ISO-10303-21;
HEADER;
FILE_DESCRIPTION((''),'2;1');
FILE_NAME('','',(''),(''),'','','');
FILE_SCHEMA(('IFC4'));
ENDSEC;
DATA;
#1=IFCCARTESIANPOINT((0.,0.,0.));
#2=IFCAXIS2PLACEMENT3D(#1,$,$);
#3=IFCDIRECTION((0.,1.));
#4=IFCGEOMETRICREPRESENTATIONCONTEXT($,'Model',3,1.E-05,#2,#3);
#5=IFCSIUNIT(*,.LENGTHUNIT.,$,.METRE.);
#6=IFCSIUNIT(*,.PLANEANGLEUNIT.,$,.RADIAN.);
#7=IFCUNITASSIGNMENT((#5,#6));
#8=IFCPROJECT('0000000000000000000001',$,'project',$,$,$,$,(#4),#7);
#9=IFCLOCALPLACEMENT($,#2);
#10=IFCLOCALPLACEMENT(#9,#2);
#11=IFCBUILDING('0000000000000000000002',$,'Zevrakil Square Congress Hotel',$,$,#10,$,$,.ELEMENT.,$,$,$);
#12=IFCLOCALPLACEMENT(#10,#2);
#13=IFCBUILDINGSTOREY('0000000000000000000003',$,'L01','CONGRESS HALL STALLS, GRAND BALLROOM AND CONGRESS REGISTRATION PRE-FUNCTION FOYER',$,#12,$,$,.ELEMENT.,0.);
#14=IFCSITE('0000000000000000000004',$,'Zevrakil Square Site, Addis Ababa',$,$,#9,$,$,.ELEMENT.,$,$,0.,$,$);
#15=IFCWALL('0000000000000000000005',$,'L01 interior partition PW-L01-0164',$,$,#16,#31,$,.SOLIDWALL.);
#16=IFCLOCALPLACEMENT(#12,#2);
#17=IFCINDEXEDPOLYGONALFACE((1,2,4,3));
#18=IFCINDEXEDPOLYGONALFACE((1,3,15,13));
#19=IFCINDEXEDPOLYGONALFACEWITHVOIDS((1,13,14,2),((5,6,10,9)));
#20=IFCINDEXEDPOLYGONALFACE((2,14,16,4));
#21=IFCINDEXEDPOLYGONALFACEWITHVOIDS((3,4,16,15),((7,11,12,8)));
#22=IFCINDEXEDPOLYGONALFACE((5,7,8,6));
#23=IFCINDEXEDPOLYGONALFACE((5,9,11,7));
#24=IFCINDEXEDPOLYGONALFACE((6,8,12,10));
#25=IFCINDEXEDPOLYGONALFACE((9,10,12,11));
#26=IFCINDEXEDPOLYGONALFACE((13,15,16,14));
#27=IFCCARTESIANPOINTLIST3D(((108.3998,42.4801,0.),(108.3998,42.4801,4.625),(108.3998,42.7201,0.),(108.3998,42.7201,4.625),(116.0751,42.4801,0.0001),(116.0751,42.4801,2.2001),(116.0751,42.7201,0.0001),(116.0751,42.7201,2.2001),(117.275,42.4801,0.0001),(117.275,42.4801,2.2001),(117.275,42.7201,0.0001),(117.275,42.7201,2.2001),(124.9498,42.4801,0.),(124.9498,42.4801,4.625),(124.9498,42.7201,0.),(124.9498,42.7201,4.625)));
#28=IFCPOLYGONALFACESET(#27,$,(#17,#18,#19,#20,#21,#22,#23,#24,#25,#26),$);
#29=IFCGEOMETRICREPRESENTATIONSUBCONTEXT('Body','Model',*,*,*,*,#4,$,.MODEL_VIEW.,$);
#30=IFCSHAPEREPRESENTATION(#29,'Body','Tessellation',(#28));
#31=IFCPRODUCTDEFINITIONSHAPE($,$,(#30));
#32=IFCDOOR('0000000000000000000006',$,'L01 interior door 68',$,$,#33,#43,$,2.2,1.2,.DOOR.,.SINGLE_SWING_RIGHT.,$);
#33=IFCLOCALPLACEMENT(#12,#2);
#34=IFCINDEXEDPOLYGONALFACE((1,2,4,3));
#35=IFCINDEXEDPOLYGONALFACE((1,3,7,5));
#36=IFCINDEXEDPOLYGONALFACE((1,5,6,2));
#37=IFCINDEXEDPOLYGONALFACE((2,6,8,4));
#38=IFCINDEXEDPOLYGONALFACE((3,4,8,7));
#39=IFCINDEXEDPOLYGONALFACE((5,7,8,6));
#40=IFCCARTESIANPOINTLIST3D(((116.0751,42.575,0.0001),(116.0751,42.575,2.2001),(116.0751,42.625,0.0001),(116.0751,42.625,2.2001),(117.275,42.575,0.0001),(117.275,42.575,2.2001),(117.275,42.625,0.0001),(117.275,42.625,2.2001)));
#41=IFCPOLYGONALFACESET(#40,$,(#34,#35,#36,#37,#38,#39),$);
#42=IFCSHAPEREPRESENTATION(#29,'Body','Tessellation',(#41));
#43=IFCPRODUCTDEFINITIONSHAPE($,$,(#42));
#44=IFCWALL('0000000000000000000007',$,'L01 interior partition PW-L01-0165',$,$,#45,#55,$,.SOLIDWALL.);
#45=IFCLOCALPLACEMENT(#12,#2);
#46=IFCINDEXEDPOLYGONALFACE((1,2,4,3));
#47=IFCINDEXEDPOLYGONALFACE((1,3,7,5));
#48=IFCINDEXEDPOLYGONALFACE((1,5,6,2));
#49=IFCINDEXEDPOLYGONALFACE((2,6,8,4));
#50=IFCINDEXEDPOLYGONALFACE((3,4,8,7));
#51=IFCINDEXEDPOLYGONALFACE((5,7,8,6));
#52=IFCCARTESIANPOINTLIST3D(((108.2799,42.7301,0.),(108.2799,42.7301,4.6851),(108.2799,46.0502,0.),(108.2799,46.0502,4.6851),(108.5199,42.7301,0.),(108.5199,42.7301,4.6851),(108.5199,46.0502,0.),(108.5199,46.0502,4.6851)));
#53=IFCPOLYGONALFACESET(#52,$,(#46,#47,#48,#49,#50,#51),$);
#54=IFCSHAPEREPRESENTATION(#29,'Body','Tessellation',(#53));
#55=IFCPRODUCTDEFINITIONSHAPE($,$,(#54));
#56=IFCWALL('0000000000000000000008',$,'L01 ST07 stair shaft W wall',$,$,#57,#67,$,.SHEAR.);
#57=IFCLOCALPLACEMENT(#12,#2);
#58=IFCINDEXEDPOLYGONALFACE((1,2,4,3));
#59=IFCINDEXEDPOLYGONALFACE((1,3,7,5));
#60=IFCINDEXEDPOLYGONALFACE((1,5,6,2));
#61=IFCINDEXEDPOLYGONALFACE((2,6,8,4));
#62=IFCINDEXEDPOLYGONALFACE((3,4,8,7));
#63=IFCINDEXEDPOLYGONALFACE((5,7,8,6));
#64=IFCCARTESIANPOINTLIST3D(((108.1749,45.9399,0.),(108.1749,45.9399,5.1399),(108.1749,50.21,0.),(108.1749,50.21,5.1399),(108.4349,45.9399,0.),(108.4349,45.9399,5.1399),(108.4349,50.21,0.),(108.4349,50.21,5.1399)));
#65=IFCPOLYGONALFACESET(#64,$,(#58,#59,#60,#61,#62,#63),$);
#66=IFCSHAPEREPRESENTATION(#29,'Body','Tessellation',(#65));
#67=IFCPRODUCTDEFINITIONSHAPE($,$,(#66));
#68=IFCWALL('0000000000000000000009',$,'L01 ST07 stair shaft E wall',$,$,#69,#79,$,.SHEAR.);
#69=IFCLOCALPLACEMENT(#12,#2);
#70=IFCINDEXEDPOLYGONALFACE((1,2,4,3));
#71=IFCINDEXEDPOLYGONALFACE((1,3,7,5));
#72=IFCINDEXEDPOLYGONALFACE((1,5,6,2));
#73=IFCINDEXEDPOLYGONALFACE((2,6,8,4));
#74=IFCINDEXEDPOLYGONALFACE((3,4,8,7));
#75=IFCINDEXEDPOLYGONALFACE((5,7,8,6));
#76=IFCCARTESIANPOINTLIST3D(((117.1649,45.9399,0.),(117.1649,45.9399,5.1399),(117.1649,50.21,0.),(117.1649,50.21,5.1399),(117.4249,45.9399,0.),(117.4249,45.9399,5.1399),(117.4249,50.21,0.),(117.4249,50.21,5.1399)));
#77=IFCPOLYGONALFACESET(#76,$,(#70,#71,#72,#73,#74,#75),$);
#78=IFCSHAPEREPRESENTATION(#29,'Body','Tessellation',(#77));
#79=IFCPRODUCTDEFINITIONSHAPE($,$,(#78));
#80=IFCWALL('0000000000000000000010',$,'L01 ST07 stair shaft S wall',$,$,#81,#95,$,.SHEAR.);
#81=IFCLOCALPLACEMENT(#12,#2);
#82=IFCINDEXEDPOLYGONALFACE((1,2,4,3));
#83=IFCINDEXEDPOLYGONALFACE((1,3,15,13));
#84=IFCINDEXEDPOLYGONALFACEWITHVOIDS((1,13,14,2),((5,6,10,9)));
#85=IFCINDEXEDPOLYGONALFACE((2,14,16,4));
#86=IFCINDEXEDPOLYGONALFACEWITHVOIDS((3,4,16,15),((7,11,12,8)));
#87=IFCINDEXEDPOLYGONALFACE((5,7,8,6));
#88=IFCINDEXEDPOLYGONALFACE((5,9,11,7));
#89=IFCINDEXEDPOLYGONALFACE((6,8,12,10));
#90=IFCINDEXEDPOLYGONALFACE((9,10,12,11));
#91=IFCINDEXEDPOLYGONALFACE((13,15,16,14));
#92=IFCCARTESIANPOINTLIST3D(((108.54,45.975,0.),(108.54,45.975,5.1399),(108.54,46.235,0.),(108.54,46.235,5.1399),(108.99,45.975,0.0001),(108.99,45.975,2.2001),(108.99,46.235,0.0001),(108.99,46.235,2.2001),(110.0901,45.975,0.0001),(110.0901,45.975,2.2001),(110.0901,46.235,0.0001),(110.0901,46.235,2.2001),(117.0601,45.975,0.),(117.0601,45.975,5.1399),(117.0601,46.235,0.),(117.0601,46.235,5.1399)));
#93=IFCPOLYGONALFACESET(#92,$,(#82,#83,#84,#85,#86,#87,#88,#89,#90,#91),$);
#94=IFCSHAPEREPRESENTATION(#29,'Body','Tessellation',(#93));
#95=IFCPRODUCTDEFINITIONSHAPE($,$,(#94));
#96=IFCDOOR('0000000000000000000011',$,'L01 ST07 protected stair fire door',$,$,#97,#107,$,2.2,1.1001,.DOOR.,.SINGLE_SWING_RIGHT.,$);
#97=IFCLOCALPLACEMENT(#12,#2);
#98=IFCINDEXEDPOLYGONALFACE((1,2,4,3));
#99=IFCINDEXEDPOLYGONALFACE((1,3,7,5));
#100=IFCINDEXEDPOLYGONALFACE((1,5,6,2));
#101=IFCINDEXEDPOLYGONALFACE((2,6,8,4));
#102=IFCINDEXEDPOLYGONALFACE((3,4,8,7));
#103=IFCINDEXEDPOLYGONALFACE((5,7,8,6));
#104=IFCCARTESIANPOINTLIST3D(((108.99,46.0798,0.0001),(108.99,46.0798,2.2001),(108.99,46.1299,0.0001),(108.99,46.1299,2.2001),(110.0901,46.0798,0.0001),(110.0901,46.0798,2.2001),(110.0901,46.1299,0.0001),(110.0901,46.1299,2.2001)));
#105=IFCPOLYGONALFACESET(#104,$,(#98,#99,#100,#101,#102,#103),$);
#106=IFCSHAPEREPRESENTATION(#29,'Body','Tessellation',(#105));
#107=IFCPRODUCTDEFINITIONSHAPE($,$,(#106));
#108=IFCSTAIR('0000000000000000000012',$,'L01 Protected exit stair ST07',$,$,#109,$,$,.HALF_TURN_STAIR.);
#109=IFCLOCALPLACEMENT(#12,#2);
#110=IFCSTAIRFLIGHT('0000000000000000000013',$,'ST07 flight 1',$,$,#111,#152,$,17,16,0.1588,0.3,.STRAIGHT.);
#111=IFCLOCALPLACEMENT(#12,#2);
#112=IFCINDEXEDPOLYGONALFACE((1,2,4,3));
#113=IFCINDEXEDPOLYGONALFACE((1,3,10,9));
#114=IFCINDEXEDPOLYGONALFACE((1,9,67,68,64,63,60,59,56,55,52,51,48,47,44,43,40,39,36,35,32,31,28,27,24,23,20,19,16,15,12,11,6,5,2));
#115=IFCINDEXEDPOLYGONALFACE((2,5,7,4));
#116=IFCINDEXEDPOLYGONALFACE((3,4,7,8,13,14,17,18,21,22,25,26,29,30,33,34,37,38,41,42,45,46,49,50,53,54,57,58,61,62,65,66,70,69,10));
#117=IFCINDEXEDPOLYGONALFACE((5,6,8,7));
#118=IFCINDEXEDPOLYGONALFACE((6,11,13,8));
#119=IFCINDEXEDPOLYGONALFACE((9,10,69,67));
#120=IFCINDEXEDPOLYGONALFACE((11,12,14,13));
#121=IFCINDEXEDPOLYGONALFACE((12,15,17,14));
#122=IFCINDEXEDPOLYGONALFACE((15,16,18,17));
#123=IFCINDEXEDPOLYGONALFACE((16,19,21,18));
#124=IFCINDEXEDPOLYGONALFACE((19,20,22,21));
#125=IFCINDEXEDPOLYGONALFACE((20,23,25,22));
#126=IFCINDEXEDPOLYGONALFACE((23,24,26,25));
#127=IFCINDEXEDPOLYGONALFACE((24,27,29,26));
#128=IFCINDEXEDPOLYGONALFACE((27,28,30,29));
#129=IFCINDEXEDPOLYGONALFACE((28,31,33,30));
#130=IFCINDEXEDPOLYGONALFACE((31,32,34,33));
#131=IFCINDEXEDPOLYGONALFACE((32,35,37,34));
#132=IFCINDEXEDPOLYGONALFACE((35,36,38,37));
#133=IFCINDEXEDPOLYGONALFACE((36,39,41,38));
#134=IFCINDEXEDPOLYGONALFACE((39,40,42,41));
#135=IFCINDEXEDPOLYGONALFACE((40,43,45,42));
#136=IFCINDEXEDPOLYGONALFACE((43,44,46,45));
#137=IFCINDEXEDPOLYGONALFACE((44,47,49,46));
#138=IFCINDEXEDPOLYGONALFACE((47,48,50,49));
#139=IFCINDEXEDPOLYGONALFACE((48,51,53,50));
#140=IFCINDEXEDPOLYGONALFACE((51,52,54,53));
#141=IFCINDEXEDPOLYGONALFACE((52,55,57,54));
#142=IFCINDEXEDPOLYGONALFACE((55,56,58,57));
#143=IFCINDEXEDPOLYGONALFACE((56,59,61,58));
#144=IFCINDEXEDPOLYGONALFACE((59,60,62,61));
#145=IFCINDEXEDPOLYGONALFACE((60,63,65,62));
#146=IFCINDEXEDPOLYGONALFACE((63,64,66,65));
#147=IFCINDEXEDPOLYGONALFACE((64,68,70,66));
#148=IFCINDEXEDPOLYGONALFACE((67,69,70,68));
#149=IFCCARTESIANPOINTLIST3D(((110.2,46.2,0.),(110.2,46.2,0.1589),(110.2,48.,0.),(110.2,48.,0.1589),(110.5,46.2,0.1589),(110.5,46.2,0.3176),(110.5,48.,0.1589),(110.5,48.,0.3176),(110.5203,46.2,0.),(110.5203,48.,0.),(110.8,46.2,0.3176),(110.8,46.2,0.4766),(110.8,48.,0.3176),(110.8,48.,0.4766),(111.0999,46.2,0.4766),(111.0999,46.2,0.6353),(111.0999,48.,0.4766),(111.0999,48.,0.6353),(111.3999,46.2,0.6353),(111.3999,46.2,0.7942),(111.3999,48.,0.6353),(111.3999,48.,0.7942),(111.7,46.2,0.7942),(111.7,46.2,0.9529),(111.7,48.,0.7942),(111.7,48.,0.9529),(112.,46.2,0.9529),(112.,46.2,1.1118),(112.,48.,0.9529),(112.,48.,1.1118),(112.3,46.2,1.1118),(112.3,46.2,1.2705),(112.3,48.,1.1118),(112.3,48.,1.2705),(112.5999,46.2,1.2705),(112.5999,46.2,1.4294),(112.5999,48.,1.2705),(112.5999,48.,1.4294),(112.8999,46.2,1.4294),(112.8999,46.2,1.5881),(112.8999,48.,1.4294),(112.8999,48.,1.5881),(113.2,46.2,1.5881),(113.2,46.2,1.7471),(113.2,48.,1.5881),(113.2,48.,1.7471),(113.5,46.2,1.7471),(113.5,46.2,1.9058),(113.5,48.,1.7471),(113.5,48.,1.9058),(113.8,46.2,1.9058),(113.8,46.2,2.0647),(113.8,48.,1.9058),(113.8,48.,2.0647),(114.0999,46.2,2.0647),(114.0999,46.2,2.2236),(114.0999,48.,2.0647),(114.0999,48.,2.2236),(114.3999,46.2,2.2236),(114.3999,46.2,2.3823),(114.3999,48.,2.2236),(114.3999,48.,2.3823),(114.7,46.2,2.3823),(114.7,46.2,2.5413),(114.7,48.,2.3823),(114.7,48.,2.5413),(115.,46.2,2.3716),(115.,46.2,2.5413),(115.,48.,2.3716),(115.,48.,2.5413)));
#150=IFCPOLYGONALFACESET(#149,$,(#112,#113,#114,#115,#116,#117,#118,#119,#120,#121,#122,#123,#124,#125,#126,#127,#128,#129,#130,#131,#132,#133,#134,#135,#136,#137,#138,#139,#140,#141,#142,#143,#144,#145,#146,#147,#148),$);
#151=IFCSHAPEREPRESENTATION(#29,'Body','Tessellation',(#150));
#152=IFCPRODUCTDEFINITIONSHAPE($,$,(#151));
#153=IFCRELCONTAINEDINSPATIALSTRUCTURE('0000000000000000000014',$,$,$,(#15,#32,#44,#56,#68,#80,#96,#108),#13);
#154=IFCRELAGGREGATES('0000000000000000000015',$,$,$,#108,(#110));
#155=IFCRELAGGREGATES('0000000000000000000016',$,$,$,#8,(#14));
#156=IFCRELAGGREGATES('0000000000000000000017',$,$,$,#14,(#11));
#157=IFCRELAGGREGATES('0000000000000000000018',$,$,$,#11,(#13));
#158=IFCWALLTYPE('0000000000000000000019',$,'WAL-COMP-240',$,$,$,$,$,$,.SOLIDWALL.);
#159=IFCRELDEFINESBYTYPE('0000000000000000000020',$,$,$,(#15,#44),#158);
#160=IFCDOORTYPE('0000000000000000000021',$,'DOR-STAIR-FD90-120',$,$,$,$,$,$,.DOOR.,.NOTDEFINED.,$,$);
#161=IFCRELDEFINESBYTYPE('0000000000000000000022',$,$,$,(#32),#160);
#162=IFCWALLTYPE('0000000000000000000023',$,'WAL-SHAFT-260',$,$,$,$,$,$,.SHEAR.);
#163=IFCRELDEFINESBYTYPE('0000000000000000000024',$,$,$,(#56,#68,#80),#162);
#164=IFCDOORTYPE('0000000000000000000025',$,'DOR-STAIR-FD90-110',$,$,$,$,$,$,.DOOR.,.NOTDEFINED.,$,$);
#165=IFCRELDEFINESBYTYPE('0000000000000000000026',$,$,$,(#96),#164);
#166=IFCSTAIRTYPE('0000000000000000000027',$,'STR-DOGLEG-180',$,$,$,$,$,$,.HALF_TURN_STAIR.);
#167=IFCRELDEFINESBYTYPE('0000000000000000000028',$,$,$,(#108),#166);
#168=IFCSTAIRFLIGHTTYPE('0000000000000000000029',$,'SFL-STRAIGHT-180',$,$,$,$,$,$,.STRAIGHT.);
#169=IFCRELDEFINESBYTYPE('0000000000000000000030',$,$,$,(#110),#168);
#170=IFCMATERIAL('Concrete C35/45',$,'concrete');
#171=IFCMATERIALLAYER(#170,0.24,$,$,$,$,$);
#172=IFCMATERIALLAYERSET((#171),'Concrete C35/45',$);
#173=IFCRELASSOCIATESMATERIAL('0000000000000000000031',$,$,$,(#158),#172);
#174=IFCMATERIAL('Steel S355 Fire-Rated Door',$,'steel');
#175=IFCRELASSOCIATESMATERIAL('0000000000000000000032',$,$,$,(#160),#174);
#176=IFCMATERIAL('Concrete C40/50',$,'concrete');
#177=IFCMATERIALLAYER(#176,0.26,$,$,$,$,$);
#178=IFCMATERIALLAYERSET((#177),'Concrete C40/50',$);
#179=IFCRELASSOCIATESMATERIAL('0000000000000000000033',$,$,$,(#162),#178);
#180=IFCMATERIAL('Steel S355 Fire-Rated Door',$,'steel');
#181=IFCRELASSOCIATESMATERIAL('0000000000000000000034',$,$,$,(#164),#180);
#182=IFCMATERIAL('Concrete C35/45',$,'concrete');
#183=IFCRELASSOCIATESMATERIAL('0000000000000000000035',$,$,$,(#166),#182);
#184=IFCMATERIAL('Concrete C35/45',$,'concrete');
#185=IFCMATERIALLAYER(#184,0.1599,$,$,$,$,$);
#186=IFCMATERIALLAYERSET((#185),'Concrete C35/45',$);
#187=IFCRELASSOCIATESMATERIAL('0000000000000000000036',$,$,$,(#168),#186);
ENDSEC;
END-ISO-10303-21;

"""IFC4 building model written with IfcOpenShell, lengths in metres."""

from ifc_helpers import new_model, si_unit, direction, frame, frame_2d, origin, place, context, subcontext, project, spatial, polyline, rectangle, outline, extrude, material, layer, layer_set, type_object, element, fill, aggregate, save


model = new_model("IFC4")

# Units and contexts
model_context = context("Model", 3, precision=1e-05, world=origin(), true_north=direction((0.0, 1.0)))
body_context = subcontext(model_context, "Body", "Model", "MODEL_VIEW")
ifc_project = project(units=[si_unit("LENGTHUNIT", "METRE"), si_unit("PLANEANGLEUNIT", "RADIAN")], contexts=[model_context])

# Site, building, storey
site_placement = place(None, origin())
site = spatial("IfcSite", under=ifc_project, at=site_placement, Name="Zevrakil Square Site, Addis Ababa", CompositionType="ELEMENT", RefElevation=0.0)
building_placement = place(site_placement, origin())
building = spatial("IfcBuilding", under=site, at=building_placement, Name="Zevrakil Square Congress Hotel", CompositionType="ELEMENT")
storey_placement = place(building_placement, origin())
storey = spatial("IfcBuildingStorey", under=building, at=storey_placement, Name="L01", Description="CONGRESS HALL STALLS, GRAND BALLROOM AND CONGRESS REGISTRATION PRE-FUNCTION FOYER", CompositionType="ELEMENT", Elevation=0.0)

# Wall, opening, door
ifc_material_1 = material(Name="Concrete C35/45", Category="concrete")
ifc_layer_1 = layer(ifc_material_1, 0.24)
ifc_layer_set_1 = layer_set([ifc_layer_1], Name="Concrete C35/45")
wall_type_1 = type_object("IfcWallType", Name="WAL-COMP-240", PredefinedType="SOLIDWALL", material=ifc_layer_set_1)
wall_1_placement = place(storey_placement, frame((108.3999, 42.6001, 0.0), z_axis=(0.0, 0.0, 1.0), x_axis=(1.0, 0.0, 0.0)))
wall_1 = element("IfcWall", 1, at=wall_1_placement, inside=storey, type_object=wall_type_1, Name="L01 interior partition PW-L01-0164", PredefinedType="SOLIDWALL", context=body_context, shape_type="SweptSolid", body=[
    extrude(rectangle(XDim=16.55, YDim=0.24, at=frame_2d((8.2749, 0.0))), origin(), (0.0, 0.0, 1.0), 4.625),
])
opening_1_placement = place(wall_1_placement, frame((7.675, 0.0, 0.0)))
opening_1 = element("IfcOpeningElement", 2, at=opening_1_placement, cuts=wall_1, PredefinedType="OPENING", context=body_context, shape_type="SweptSolid", body=[
    extrude(rectangle(XDim=1.2, YDim=2.2, at=frame_2d((0.6001, 1.1001))), frame((0.0, 0.1299, 0.0), z_axis=(0.0, -1.0, 0.0), x_axis=(1.0, 0.0, 0.0)), (0.0, 0.0, 1.0), 0.26),
])
ifc_material_2 = material(Name="Steel S355 Fire-Rated Door", Category="steel")
door_type_1 = type_object("IfcDoorType", Name="DOR-STAIR-FD90-120", OperationType="NOTDEFINED", PredefinedType="DOOR", material=ifc_material_2)
door_1_placement = place(opening_1_placement, origin())
door_1 = element("IfcDoor", 3, at=door_1_placement, inside=storey, type_object=door_type_1, Name="L01 interior door 68", OperationType="SINGLE_SWING_RIGHT", OverallHeight=2.2, OverallWidth=1.2, PredefinedType="DOOR", context=body_context, shape_type="SweptSolid", body=[
    extrude(rectangle(XDim=1.2, YDim=2.2, at=frame_2d((0.6001, 1.1001))), frame((0.0, 0.0249, 0.0), z_axis=(0.0, -1.0, 0.0), x_axis=(1.0, 0.0, 0.0)), (0.0, 0.0, 1.0), 0.05),
])
fill(opening_1, door_1)

# Walls
wall_2_placement = place(storey_placement, frame((108.3999, 42.73, 0.0), z_axis=(0.0, 0.0, 1.0), x_axis=(0.0, 1.0, 0.0)))
element("IfcWall", 4, at=wall_2_placement, inside=storey, type_object=wall_type_1, Name="L01 interior partition PW-L01-0165", PredefinedType="SOLIDWALL", context=body_context, shape_type="SweptSolid", body=[
    extrude(rectangle(XDim=3.3201, YDim=0.24, at=frame_2d((1.6602, 0.0))), origin(), (0.0, 0.0, 1.0), 4.6851),
])
ifc_material_3 = material(Name="Concrete C40/50", Category="concrete")
ifc_layer_2 = layer(ifc_material_3, 0.26)
ifc_layer_set_2 = layer_set([ifc_layer_2], Name="Concrete C40/50")
wall_type_2 = type_object("IfcWallType", Name="WAL-SHAFT-260", PredefinedType="SHEAR", material=ifc_layer_set_2)
for number, where, z_axis, x_axis, name in (
    (5, (108.3049, 45.9399, 0.0), (0.0, 0.0, 1.0), (0.0, 1.0, 0.0), "L01 ST07 stair shaft W wall"),
    (6, (117.2949, 45.9399, 0.0), (0.0, 0.0, 1.0), (0.0, 1.0, 0.0), "L01 ST07 stair shaft E wall"),
):
    element("IfcWall", number, at=place(storey_placement, frame(where, z_axis=z_axis, x_axis=x_axis)), inside=storey, type_object=wall_type_2, Name=name, PredefinedType="SHEAR", context=body_context, shape_type="SweptSolid", body=[
        extrude(rectangle(XDim=4.27, YDim=0.26, at=frame_2d((2.135, 0.0))), origin(), (0.0, 0.0, 1.0), 5.1399),
    ])

# Wall, opening, door
wall_3_placement = place(storey_placement, frame((108.54, 46.105, 0.0), z_axis=(0.0, 0.0, 1.0), x_axis=(1.0, 0.0, 0.0)))
wall_3 = element("IfcWall", 7, at=wall_3_placement, inside=storey, type_object=wall_type_2, Name="L01 ST07 stair shaft S wall", PredefinedType="SHEAR", context=body_context, shape_type="SweptSolid", body=[
    extrude(rectangle(XDim=8.52, YDim=0.26, at=frame_2d((4.26, 0.0))), origin(), (0.0, 0.0, 1.0), 5.1399),
])
opening_2_placement = place(wall_3_placement, frame((0.45, 0.0, 0.0)))
opening_2 = element("IfcOpeningElement", 8, at=opening_2_placement, cuts=wall_3, PredefinedType="OPENING", context=body_context, shape_type="SweptSolid", body=[
    extrude(rectangle(XDim=1.1001, YDim=2.2, at=frame_2d((0.55, 1.1001))), frame((0.0, 0.1401, 0.0), z_axis=(0.0, -1.0, 0.0), x_axis=(1.0, 0.0, 0.0)), (0.0, 0.0, 1.0), 0.28),
])
ifc_material_4 = material(Name="Steel S355 Fire-Rated Door", Category="steel")
door_type_2 = type_object("IfcDoorType", Name="DOR-STAIR-FD90-110", OperationType="NOTDEFINED", PredefinedType="DOOR", material=ifc_material_4)
door_2_placement = place(opening_2_placement, origin())
door_2 = element("IfcDoor", 9, at=door_2_placement, inside=storey, type_object=door_type_2, Name="L01 ST07 protected stair fire door", OperationType="SINGLE_SWING_RIGHT", OverallHeight=2.2, OverallWidth=1.1001, PredefinedType="DOOR", context=body_context, shape_type="SweptSolid", body=[
    extrude(rectangle(XDim=1.1001, YDim=2.2, at=frame_2d((0.55, 1.1001))), frame((0.0, 0.0249, 0.0), z_axis=(0.0, -1.0, 0.0), x_axis=(1.0, 0.0, 0.0)), (0.0, 0.0, 1.0), 0.05),
])
fill(opening_2, door_2)

# Stair, stair flight
ifc_material_5 = material(Name="Concrete C35/45", Category="concrete")
stair_type = type_object("IfcStairType", Name="STR-DOGLEG-180", PredefinedType="HALF_TURN_STAIR", material=ifc_material_5)
stair_placement = place(storey_placement, origin())
stair = element("IfcStair", 10, at=stair_placement, inside=storey, type_object=stair_type, Name="L01 Protected exit stair ST07", PredefinedType="HALF_TURN_STAIR")
ifc_material_6 = material(Name="Concrete C35/45", Category="concrete")
ifc_layer_3 = layer(ifc_material_6, 0.1599)
ifc_layer_set_3 = layer_set([ifc_layer_3], Name="Concrete C35/45")
stair_flight_type = type_object("IfcStairFlightType", Name="SFL-STRAIGHT-180", PredefinedType="STRAIGHT", material=ifc_layer_set_3)
stair_flight_placement = place(storey_placement, frame((110.2, 47.1001, 0.0), z_axis=(0.0, 0.0, 1.0), x_axis=(1.0, 0.0, 0.0)))
stair_flight = element("IfcStairFlight", 11, at=stair_flight_placement, type_object=stair_flight_type, Name="ST07 flight 1", NumberOfRisers=17, NumberOfTreads=16, PredefinedType="STRAIGHT", RiserHeight=0.1588, TreadLength=0.3, context=body_context, shape_type="SweptSolid", body=[
    extrude(outline(polyline([(0.0, 0.0), (0.0, 0.1589), (0.3, 0.1589), (0.3, 0.3176), (0.6001, 0.3176), (0.6001, 0.4766), (0.8999, 0.4766), (0.8999, 0.6353), (1.2, 0.6353), (1.2, 0.7942), (1.5, 0.7942), (1.5, 0.9529), (1.8, 0.9529), (1.8, 1.1118), (2.1001, 1.1118), (2.1001, 1.2705), (2.3999, 1.2705), (2.3999, 1.4294), (2.7, 1.4294), (2.7, 1.5881), (3.0, 1.5881), (3.0, 1.7471), (3.3, 1.7471), (3.3, 1.9058), (3.6001, 1.9058), (3.6001, 2.0647), (3.8999, 2.0647), (3.8999, 2.2236), (4.2, 2.2236), (4.2, 2.3823), (4.5, 2.3823), (4.5, 2.5413), (4.8, 2.5413), (4.8, 2.7), (4.8, 2.3716), (0.3203, 0.0), (0.0, 0.0)])), frame((0.0, 0.8999, 0.0), z_axis=(0.0, -1.0, 0.0), x_axis=(1.0, 0.0, 0.0)), (0.0, 0.0, 1.0), 1.8),
])
aggregate(stair, [stair_flight])

save(model, "model.ifc")
